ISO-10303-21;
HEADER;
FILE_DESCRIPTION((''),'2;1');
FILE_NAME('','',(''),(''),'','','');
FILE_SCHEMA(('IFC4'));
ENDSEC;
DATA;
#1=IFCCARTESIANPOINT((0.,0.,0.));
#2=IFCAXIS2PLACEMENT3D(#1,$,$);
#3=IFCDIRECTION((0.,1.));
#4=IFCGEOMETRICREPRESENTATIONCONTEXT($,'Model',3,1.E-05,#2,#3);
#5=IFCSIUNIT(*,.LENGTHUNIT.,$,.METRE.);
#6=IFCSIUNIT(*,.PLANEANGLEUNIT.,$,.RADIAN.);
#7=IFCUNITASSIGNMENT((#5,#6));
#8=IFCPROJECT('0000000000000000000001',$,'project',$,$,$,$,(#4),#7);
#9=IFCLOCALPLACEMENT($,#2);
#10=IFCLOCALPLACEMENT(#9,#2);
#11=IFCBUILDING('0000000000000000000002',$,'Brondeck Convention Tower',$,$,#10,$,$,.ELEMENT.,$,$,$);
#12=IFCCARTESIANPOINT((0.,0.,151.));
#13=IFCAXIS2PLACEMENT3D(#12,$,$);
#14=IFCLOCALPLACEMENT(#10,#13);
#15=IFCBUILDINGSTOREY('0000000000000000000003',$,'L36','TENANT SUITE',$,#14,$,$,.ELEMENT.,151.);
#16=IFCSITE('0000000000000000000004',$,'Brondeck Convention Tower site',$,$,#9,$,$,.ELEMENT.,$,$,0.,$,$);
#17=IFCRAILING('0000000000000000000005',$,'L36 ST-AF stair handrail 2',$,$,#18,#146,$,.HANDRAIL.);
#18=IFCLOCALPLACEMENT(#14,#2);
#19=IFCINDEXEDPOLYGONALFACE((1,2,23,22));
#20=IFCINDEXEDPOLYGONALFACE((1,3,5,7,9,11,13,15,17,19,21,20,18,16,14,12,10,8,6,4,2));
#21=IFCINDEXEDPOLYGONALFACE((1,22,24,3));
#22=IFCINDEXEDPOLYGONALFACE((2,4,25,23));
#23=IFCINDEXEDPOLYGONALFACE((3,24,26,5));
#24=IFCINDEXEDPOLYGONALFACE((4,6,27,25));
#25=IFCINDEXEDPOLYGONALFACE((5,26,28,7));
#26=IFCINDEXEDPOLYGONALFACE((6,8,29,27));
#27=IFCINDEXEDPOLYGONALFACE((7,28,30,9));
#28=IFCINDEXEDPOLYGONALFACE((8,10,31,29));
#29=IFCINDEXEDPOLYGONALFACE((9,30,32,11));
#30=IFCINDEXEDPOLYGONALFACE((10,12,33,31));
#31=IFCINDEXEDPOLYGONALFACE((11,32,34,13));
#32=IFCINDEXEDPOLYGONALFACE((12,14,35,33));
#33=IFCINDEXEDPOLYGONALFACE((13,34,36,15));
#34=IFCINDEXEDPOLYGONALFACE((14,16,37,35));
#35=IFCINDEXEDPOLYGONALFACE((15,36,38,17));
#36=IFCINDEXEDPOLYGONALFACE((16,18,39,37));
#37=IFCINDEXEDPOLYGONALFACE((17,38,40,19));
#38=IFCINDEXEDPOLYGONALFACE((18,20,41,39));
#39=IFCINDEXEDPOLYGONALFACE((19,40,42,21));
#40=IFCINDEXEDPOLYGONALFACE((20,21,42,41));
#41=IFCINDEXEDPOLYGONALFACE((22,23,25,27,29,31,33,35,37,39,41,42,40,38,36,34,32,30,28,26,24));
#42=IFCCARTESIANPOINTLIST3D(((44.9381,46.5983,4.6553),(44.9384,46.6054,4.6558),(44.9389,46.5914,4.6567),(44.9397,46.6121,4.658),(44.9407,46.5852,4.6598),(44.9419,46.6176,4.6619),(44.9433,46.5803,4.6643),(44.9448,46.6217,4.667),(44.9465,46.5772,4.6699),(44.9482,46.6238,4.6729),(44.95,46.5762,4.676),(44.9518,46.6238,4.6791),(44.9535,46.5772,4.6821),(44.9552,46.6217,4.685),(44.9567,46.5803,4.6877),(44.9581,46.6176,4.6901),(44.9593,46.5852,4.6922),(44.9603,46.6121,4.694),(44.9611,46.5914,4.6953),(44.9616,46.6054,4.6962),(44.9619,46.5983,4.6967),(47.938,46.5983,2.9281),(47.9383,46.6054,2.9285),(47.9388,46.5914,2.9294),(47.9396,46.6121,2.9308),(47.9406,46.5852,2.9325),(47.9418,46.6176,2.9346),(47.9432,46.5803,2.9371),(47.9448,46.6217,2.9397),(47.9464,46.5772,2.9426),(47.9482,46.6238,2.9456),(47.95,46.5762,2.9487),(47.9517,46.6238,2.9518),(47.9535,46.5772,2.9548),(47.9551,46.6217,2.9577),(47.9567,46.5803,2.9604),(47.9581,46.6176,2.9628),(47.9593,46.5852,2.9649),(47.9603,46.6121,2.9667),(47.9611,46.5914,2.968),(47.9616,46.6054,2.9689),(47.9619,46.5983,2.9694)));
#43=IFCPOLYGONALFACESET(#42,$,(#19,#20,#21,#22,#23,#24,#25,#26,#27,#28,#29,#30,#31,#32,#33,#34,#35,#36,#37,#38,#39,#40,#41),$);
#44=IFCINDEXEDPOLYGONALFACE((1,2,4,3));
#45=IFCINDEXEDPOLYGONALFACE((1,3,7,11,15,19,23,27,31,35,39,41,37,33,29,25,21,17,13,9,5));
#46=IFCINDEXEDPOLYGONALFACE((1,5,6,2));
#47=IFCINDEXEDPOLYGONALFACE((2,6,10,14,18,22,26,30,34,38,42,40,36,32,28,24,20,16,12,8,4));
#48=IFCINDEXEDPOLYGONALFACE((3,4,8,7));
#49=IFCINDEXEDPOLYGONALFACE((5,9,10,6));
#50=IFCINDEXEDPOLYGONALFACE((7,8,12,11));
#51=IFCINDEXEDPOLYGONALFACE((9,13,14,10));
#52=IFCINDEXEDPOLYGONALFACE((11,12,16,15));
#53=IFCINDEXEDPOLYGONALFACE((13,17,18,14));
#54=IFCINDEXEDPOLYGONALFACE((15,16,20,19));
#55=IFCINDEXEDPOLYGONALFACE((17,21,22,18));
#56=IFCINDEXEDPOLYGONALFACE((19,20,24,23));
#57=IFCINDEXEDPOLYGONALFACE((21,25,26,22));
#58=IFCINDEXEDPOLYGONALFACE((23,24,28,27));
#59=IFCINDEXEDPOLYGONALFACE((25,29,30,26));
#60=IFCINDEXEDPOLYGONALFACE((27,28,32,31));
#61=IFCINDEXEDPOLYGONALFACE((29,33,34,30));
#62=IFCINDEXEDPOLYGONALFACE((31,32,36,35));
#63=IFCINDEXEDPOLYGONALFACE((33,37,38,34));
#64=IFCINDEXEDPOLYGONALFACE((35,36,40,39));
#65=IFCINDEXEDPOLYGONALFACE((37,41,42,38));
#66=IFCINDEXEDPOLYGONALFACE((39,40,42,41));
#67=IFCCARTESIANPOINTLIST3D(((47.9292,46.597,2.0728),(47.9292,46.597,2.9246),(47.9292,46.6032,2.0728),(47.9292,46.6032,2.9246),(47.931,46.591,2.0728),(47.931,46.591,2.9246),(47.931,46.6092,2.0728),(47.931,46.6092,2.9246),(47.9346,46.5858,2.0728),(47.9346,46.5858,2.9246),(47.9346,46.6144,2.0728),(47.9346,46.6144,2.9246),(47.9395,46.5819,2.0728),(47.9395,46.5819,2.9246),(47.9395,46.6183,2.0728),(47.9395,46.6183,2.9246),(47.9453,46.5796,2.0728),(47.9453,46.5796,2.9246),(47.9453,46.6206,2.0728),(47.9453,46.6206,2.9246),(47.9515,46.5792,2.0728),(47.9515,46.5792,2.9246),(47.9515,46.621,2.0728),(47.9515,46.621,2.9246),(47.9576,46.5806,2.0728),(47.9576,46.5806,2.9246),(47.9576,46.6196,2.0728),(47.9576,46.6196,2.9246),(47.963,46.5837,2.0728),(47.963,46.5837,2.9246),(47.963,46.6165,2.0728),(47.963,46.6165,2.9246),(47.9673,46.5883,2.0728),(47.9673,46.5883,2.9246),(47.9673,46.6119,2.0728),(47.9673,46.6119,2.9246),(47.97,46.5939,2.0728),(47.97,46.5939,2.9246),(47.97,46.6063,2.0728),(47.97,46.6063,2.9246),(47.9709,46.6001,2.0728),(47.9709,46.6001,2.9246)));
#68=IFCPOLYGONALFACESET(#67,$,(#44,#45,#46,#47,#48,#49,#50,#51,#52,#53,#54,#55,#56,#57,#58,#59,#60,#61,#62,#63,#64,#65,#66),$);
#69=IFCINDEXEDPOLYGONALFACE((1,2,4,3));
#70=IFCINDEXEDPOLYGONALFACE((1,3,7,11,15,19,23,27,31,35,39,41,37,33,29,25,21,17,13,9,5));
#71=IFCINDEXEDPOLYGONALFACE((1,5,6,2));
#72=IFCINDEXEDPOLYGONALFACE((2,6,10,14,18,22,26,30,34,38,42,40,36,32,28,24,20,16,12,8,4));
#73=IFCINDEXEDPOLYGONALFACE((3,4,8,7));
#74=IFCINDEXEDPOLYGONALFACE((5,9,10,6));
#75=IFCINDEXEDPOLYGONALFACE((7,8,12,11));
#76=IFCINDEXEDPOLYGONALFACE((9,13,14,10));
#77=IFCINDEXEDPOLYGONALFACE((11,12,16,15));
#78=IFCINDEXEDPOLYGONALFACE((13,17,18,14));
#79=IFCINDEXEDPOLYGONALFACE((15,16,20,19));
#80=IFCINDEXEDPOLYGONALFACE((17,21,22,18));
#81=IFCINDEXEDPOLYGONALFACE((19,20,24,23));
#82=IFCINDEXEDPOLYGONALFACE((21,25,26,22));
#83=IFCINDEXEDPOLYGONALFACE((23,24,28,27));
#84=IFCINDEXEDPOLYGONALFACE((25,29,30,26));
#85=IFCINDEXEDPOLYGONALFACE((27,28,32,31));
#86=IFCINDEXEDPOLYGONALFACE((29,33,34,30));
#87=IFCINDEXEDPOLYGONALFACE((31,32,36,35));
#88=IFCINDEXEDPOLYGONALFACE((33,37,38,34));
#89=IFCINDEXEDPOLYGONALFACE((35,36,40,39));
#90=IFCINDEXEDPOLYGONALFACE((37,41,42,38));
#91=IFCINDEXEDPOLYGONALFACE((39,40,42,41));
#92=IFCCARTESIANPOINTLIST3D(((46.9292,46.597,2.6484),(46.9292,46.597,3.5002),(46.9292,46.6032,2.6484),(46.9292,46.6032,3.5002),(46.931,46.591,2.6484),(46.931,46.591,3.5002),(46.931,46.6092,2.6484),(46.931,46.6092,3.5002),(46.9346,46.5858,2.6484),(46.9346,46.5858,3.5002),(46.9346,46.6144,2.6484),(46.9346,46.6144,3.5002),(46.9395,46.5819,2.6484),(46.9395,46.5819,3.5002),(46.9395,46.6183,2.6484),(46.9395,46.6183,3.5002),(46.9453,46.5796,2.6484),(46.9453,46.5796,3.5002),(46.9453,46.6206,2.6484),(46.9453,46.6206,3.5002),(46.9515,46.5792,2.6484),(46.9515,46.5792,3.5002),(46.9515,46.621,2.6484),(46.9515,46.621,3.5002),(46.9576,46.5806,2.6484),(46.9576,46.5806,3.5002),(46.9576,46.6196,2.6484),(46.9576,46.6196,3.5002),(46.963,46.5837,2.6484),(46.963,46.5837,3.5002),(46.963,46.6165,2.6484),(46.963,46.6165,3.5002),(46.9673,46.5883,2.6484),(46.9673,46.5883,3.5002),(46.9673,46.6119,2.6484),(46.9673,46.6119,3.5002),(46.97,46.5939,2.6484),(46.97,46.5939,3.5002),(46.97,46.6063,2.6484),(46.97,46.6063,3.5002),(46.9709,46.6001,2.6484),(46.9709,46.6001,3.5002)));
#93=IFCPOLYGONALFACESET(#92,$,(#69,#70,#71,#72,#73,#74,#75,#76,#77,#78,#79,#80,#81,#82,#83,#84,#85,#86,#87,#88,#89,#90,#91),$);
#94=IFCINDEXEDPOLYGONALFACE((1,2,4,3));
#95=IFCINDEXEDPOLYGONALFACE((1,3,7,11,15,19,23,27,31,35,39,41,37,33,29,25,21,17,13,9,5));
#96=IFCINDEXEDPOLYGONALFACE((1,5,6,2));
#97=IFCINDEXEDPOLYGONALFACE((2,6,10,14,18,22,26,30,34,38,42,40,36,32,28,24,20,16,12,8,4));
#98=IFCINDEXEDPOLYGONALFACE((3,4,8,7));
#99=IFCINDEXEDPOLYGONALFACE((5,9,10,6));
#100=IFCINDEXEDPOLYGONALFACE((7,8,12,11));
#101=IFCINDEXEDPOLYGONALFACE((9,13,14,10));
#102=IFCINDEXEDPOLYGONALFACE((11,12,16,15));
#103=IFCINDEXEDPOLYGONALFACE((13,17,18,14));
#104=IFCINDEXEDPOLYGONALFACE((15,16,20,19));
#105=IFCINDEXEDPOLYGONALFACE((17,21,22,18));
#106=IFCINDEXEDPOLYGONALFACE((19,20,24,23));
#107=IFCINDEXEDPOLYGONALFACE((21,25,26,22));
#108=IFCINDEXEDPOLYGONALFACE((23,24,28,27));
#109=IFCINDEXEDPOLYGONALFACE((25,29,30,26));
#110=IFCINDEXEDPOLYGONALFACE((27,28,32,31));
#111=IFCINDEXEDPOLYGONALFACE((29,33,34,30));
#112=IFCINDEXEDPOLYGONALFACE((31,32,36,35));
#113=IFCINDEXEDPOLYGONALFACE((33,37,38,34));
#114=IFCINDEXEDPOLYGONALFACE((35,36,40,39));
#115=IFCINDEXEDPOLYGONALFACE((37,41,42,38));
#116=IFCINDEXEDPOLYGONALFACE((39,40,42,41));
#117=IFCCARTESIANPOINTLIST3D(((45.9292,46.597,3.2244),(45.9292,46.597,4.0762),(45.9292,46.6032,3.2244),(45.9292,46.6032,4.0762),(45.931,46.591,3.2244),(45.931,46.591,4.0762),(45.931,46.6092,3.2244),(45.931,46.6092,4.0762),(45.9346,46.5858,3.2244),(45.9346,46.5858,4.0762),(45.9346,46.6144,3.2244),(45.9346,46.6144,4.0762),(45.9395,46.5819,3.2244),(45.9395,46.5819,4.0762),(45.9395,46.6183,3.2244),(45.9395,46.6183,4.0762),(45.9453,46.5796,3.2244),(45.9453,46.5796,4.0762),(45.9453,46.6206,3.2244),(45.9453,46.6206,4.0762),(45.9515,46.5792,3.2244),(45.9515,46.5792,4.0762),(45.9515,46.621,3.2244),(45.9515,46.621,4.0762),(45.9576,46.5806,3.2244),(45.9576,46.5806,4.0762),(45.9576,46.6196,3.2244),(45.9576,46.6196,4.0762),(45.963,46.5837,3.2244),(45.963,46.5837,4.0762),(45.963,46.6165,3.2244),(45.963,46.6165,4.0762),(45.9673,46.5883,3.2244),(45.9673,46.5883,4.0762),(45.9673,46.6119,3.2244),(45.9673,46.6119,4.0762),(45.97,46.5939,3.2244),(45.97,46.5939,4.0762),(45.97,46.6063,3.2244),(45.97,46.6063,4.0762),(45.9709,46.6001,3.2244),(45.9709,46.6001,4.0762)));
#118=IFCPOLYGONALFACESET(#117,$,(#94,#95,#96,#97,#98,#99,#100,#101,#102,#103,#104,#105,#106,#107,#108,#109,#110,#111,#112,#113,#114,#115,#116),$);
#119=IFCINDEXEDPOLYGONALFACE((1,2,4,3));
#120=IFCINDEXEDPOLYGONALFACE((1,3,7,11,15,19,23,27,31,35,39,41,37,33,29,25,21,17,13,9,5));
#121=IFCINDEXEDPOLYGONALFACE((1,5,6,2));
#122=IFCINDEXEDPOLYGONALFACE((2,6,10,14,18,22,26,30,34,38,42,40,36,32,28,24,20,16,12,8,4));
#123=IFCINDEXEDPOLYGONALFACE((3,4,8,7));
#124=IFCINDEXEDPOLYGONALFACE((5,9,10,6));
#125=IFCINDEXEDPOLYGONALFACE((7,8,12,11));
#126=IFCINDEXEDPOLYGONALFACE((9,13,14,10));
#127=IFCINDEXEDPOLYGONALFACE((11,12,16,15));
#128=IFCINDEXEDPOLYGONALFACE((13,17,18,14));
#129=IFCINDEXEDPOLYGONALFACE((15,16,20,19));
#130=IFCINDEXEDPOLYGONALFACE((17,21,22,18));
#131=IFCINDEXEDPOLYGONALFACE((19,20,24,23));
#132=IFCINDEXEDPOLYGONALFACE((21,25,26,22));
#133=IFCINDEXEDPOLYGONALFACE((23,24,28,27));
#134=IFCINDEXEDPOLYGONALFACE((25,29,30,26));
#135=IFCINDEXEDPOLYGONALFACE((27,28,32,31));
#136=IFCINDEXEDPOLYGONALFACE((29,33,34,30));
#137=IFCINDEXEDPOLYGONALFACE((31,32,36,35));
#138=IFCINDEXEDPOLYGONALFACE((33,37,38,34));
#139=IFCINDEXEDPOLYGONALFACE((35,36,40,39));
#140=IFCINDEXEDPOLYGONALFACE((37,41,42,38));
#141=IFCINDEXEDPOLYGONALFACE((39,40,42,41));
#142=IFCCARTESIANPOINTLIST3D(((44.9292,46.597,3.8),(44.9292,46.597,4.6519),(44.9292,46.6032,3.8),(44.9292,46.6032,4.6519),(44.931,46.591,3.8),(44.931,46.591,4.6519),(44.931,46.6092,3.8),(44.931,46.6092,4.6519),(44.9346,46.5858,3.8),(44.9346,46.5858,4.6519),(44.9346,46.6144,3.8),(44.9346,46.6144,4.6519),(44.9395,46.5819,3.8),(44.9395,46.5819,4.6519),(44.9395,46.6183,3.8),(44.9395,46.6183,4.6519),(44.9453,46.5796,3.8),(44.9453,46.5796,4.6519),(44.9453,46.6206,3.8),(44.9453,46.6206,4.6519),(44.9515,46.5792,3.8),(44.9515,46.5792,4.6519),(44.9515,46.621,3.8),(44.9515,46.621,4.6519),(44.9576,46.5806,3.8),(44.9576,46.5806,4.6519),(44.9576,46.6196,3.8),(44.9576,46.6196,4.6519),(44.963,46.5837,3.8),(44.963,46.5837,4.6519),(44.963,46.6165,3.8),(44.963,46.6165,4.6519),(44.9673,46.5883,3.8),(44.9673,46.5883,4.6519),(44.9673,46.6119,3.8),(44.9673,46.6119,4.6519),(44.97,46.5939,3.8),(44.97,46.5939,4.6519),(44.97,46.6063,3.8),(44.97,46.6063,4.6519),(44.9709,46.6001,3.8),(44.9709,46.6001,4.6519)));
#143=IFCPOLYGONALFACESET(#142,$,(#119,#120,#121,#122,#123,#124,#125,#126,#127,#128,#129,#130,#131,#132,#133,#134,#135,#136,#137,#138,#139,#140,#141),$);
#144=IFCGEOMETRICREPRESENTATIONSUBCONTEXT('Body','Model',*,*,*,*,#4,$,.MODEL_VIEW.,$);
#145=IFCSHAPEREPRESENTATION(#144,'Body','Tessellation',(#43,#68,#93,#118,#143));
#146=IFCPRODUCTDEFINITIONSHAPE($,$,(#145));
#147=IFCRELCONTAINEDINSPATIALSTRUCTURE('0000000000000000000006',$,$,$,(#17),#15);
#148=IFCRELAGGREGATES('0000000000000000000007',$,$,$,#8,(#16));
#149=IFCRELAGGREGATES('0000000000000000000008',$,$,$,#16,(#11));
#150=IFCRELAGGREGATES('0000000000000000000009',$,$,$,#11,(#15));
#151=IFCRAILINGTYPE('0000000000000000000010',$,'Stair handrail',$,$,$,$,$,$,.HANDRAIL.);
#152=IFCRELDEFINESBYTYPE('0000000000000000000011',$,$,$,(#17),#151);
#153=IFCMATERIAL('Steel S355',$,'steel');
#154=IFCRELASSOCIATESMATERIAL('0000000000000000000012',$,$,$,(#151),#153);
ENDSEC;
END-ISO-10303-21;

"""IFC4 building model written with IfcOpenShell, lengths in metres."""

from ifc_helpers import new_model, si_unit, direction, frame, origin, origin_2d, place, context, subcontext, project, spatial, circle, extrude, material, type_object, element, save


model = new_model("IFC4")

# Units and contexts
model_context = context("Model", 3, precision=1e-05, world=origin(), true_north=direction((0.0, 1.0)))
body_context = subcontext(model_context, "Body", "Model", "MODEL_VIEW")
ifc_project = project(units=[si_unit("LENGTHUNIT", "METRE"), si_unit("PLANEANGLEUNIT", "RADIAN")], contexts=[model_context])

# Site, building, storey
site_placement = place(None, origin())
site = spatial("IfcSite", under=ifc_project, at=site_placement, Name="Brondeck Convention Tower site", CompositionType="ELEMENT", RefElevation=0.0)
building_placement = place(site_placement, origin())
building = spatial("IfcBuilding", under=site, at=building_placement, Name="Brondeck Convention Tower", CompositionType="ELEMENT")
storey_placement = place(building_placement, frame((0.0, 0.0, 151.0)))
storey = spatial("IfcBuildingStorey", under=building, at=storey_placement, Name="L36", Description="TENANT SUITE", CompositionType="ELEMENT", Elevation=151.0)

# Shared definitions
ifc_material_1 = material(Name="Steel S355", Category="steel")

# Railing
railing_type_1 = type_object("IfcRailingType", Name="Stair handrail", PredefinedType="HANDRAIL", material=ifc_material_1)
railing_1_placement = place(storey_placement, frame((47.95, 46.6001, 2.0728)))
element("IfcRailing", 1, at=railing_1_placement, inside=storey, type_object=railing_type_1, Name="L36 ST-AF stair handrail 2", PredefinedType="HANDRAIL", context=body_context, shape_type="SweptSolid", body=[
    extrude(circle(Radius=0.0239, at=origin_2d()), frame((0.0, 0.0, 0.876), z_axis=(-0.86662, 0.0, 0.498969), x_axis=(0.0, -1.0, 0.0)), (0.0, 0.0, 1.0), 3.4617),
    extrude(circle(Radius=0.021, at=origin_2d()), origin(), (0.0, 0.0, 1.0), 0.8518),
    extrude(circle(Radius=0.021, at=origin_2d()), frame((-1.0, 0.0, 0.5757)), (0.0, 0.0, 1.0), 0.8518),
    extrude(circle(Radius=0.021, at=origin_2d()), frame((-2.0, 0.0, 1.1516)), (0.0, 0.0, 1.0), 0.8518),
    extrude(circle(Radius=0.021, at=origin_2d()), frame((-3.0, 0.0, 1.7273)), (0.0, 0.0, 1.0), 0.8518),
])

save(model, "model.ifc")
